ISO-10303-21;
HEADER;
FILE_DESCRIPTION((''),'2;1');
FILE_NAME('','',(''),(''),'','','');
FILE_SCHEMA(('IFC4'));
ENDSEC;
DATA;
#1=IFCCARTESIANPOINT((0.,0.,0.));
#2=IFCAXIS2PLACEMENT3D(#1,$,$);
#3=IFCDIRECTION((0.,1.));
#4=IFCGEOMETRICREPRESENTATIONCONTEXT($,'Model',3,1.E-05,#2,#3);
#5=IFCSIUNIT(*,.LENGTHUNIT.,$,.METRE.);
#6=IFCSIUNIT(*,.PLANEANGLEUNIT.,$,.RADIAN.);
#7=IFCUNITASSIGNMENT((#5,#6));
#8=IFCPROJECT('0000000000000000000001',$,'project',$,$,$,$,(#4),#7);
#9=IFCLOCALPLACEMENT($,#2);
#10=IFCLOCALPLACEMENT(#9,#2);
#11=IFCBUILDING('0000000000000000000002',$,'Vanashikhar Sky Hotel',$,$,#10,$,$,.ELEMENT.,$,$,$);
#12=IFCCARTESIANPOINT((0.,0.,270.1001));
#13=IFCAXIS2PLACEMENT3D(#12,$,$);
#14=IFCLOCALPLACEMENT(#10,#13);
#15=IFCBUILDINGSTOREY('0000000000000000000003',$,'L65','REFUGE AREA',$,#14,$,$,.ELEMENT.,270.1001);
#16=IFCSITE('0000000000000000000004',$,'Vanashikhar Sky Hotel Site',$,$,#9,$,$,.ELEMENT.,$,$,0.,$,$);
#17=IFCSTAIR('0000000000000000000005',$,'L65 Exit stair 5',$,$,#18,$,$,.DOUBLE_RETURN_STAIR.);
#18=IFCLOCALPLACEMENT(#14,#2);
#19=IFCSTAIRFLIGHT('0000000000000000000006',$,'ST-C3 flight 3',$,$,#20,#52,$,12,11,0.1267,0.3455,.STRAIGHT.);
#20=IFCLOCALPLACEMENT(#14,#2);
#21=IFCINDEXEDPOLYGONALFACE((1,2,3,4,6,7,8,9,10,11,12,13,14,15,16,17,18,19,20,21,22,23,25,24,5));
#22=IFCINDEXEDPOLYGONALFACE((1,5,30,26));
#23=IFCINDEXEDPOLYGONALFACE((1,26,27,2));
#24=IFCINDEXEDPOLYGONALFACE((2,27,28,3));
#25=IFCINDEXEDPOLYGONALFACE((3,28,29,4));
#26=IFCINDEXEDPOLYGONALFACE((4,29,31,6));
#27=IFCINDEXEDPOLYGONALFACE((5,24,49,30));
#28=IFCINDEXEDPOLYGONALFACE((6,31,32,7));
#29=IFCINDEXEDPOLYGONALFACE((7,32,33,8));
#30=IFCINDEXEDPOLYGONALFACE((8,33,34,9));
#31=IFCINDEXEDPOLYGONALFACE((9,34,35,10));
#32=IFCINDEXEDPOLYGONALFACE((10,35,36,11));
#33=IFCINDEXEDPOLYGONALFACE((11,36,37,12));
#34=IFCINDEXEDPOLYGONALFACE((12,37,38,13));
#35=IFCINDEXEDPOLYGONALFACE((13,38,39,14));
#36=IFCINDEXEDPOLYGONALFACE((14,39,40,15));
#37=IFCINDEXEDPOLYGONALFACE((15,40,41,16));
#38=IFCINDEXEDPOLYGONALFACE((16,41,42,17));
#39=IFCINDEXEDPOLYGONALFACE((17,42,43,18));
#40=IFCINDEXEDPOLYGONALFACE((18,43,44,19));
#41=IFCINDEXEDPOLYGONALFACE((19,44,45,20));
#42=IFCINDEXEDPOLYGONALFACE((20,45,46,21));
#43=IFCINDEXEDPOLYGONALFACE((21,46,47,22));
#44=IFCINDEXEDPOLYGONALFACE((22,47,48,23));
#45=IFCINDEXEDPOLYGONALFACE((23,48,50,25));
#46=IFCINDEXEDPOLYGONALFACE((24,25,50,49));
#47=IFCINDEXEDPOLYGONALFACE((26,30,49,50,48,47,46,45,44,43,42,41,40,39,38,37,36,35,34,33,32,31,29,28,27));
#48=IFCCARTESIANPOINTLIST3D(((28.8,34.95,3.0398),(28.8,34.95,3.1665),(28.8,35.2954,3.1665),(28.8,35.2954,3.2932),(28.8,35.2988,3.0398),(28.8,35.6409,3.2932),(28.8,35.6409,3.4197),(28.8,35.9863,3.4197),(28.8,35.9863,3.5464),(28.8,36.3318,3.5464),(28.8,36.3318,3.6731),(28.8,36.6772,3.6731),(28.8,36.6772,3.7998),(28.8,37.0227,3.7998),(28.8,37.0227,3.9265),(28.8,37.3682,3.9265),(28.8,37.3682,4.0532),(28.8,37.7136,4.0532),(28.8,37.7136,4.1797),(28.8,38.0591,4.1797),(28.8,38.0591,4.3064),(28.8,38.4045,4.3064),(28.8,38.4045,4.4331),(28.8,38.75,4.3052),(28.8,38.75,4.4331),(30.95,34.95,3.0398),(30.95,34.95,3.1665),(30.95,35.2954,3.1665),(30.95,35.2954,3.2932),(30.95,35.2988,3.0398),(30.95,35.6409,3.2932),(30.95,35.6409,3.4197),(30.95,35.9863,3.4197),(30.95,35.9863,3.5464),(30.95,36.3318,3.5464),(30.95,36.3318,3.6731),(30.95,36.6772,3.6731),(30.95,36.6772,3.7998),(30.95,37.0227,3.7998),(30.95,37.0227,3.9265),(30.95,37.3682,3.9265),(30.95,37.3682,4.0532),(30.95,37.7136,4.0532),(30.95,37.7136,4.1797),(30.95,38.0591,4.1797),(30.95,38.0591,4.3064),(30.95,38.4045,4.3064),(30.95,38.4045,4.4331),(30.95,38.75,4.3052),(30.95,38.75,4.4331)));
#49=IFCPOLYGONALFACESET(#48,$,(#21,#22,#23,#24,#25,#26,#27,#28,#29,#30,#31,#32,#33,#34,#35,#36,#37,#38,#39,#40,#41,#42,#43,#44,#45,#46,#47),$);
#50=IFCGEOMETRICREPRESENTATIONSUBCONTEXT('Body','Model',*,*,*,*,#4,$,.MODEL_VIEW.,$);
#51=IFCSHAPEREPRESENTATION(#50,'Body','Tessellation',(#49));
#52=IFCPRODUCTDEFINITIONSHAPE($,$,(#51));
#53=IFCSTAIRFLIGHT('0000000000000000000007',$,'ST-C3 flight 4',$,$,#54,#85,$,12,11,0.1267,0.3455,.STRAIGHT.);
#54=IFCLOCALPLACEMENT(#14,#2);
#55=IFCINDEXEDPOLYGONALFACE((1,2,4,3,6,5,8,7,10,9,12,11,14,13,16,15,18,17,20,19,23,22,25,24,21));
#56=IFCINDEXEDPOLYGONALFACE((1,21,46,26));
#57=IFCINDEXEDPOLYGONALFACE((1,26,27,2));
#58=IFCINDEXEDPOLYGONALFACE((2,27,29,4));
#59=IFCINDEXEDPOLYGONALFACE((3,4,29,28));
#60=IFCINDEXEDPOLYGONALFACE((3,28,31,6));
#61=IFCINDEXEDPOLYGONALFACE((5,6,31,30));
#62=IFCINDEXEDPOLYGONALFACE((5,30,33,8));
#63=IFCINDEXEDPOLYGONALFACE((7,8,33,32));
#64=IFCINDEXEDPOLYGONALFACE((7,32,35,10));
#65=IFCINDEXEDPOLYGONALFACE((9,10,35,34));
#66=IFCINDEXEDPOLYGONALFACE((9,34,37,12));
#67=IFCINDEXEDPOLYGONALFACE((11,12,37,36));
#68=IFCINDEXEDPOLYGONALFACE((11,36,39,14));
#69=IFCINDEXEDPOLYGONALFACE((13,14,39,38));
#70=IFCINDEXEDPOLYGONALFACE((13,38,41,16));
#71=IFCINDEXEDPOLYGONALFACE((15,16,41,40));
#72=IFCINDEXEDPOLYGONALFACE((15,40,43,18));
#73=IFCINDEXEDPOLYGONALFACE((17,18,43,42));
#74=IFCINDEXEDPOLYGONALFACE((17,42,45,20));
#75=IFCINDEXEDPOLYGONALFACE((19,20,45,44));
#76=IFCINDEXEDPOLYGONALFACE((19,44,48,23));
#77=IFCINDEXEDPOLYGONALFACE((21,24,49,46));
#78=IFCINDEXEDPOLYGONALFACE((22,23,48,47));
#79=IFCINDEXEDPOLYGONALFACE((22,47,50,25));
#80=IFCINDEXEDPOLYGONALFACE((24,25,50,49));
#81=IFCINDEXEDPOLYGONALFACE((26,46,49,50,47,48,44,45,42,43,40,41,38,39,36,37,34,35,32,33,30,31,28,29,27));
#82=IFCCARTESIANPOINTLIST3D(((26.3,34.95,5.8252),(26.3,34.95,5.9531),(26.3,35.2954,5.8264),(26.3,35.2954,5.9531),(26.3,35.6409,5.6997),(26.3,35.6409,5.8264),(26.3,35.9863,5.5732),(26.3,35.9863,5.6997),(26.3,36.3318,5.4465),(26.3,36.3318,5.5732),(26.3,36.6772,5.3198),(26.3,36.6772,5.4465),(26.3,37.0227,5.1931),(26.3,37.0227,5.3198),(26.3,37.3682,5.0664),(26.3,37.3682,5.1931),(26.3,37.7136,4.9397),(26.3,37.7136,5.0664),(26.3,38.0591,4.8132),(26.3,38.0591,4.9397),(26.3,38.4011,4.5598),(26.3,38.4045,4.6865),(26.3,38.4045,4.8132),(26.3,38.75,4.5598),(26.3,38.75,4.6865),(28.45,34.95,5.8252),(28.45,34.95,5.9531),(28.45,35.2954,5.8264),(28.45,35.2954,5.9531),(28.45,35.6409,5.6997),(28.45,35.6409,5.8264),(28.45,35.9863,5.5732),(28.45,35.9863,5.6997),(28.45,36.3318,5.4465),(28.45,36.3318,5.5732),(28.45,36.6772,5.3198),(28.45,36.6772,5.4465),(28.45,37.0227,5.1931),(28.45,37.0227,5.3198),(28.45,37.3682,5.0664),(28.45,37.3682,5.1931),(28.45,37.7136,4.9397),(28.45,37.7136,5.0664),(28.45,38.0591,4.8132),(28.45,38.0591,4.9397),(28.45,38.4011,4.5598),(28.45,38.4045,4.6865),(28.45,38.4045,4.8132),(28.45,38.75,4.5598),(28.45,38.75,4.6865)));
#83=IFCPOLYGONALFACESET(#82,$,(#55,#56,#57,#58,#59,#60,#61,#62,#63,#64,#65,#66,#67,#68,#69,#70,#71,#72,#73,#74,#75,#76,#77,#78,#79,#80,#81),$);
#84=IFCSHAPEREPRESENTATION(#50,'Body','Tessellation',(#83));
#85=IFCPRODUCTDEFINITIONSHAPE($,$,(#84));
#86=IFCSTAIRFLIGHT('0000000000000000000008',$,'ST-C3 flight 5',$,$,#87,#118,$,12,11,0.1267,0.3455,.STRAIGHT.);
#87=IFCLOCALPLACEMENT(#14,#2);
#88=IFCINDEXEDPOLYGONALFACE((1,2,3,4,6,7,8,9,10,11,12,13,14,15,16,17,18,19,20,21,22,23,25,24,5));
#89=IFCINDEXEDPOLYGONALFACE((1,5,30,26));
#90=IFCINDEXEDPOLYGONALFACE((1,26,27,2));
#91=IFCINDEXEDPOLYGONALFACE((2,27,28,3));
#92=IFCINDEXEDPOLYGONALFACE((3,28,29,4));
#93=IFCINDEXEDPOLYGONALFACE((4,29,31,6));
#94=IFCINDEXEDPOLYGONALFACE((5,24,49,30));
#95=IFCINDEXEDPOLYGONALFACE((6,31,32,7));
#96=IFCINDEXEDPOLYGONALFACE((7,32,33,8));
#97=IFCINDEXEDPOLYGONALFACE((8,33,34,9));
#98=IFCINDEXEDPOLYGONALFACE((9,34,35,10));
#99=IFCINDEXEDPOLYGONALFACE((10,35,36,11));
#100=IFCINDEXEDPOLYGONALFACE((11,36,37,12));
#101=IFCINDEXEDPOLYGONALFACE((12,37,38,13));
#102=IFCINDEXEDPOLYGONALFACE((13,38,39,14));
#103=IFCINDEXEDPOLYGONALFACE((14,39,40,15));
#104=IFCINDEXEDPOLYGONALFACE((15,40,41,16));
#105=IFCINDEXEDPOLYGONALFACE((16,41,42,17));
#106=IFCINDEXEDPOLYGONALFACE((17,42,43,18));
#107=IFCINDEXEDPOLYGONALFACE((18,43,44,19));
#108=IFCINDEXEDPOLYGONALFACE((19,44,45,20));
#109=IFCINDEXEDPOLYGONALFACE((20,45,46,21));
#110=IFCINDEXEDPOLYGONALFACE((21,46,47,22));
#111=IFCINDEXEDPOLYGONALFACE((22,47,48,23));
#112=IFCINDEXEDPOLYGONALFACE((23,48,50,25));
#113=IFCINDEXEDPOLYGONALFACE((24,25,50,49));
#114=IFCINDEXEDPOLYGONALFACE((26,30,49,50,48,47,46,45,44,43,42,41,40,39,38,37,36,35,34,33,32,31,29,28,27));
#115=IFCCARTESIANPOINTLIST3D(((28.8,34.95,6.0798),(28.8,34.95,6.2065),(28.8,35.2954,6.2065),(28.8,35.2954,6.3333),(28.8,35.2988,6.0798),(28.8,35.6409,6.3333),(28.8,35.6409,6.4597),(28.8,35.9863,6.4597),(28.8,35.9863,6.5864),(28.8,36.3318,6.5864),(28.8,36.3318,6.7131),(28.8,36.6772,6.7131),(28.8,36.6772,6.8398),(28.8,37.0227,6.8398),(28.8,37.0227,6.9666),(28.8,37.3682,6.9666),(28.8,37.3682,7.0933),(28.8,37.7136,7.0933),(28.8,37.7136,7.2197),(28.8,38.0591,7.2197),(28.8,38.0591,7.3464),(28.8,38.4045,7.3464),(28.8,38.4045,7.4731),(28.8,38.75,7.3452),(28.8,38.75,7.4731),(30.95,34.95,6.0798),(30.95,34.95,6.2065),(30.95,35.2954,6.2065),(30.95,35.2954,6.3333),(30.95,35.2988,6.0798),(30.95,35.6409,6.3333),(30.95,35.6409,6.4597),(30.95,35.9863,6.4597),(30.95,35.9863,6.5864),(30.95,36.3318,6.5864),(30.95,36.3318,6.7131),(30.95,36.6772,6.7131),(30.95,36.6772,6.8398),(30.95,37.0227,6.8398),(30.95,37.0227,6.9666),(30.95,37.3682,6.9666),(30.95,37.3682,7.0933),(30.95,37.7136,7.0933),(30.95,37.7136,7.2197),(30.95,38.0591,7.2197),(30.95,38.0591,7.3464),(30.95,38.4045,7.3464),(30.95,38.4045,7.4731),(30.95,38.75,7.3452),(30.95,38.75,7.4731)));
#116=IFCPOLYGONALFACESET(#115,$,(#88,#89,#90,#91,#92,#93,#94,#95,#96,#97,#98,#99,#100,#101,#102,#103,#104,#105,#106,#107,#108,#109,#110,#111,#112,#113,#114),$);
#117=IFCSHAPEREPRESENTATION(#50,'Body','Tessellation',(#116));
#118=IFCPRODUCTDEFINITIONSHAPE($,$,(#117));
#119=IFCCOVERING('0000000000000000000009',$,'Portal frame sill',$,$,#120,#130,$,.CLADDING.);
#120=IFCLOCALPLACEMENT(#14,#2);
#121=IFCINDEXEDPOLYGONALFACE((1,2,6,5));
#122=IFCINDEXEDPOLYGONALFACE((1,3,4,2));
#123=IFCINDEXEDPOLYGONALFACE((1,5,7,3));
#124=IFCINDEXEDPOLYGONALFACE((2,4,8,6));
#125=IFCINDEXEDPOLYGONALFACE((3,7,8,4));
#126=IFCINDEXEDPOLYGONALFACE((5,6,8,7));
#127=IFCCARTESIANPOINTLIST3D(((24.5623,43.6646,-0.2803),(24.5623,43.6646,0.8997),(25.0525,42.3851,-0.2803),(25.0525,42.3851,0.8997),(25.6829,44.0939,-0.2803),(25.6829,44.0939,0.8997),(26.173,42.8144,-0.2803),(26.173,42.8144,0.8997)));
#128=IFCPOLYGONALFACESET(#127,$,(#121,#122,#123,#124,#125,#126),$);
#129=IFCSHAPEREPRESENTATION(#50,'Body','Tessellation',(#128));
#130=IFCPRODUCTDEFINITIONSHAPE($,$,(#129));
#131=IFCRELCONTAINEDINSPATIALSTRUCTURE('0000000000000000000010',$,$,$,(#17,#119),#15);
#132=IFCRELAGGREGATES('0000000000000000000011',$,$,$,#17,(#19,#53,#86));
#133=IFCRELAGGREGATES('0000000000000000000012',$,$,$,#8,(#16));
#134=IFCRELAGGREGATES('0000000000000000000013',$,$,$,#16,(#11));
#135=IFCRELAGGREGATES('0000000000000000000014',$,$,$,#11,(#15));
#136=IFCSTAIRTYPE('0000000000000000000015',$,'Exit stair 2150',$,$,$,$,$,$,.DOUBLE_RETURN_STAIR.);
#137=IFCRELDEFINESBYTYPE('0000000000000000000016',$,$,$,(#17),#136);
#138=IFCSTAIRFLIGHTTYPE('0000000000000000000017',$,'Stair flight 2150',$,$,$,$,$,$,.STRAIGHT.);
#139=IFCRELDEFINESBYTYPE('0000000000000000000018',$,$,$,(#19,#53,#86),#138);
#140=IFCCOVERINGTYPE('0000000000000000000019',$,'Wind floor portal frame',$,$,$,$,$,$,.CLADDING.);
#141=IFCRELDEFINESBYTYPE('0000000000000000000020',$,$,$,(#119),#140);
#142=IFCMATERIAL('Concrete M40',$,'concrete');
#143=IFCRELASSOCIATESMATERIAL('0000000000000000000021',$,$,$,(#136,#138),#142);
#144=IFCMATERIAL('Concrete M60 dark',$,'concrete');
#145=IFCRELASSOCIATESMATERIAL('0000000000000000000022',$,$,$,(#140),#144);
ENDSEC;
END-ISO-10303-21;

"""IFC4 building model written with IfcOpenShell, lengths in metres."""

from ifc_helpers import new_model, si_unit, direction, frame, origin, origin_2d, place, context, subcontext, project, spatial, polyline, rectangle, outline, extrude, source, transform, mapped, material, type_object, element, aggregate, save


model = new_model("IFC4")

# Units and contexts
model_context = context("Model", 3, precision=1e-05, world=origin(), true_north=direction((0.0, 1.0)))
body_context = subcontext(model_context, "Body", "Model", "MODEL_VIEW")
ifc_project = project(units=[si_unit("LENGTHUNIT", "METRE"), si_unit("PLANEANGLEUNIT", "RADIAN")], contexts=[model_context])

# Site, building, storey
site_placement = place(None, origin())
site = spatial("IfcSite", under=ifc_project, at=site_placement, Name="Vanashikhar Sky Hotel Site", CompositionType="ELEMENT", RefElevation=0.0)
building_placement = place(site_placement, origin())
building = spatial("IfcBuilding", under=site, at=building_placement, Name="Vanashikhar Sky Hotel", CompositionType="ELEMENT")
storey_placement = place(building_placement, frame((0.0, 0.0, 270.1001)))
storey = spatial("IfcBuildingStorey", under=building, at=storey_placement, Name="L65", Description="REFUGE AREA", CompositionType="ELEMENT", Elevation=270.1001)

# Shared definitions
ifc_material_1 = material(Name="Concrete M40", Category="concrete")

# Stair, stair flights
stair_type = type_object("IfcStairType", Name="Exit stair 2150", PredefinedType="DOUBLE_RETURN_STAIR", material=ifc_material_1)
stair_placement = place(storey_placement, origin())
stair = element("IfcStair", 1, at=stair_placement, inside=storey, type_object=stair_type, Name="L65 Exit stair 5", PredefinedType="DOUBLE_RETURN_STAIR")
stair_flight_type = type_object("IfcStairFlightType", Name="Stair flight 2150", PredefinedType="STRAIGHT", material=ifc_material_1)
shared_shape_1 = source(origin(), body_context, "Body", "SweptSolid", [
    extrude(outline(polyline([(0.0, 0.0), (0.0, 0.1267), (0.3455, 0.1267), (0.3455, 0.2534), (0.6909, 0.2534), (0.6909, 0.3799), (1.0364, 0.3799), (1.0364, 0.5066), (1.3818, 0.5066), (1.3818, 0.6333), (1.7273, 0.6333), (1.7273, 0.76), (2.0728, 0.76), (2.0728, 0.8867), (2.4182, 0.8867), (2.4182, 1.0134), (2.7637, 1.0134), (2.7637, 1.1399), (3.1091, 1.1399), (3.1091, 1.2666), (3.4546, 1.2666), (3.4546, 1.3933), (3.8, 1.3933), (3.8, 1.52), (3.8, 1.2654), (0.3489, 0.0), (0.0, 0.0)])), frame((0.0, 1.075, 0.0), z_axis=(0.0, -1.0, 0.0), x_axis=(1.0, 0.0, 0.0)), (0.0, 0.0, 1.0), 2.1499),
])
stair_flight_1_placement = place(storey_placement, frame((29.875, 34.95, 3.0398), z_axis=(0.0, 0.0, 1.0), x_axis=(0.0, 1.0, 0.0)))
stair_flight_1 = element("IfcStairFlight", 2, at=stair_flight_1_placement, type_object=stair_flight_type, Name="ST-C3 flight 3", NumberOfRisers=12, NumberOfTreads=11, PredefinedType="STRAIGHT", RiserHeight=0.1267, TreadLength=0.3455, context=body_context, shape_type="MappedRepresentation", body=[
    mapped(shared_shape_1, transform((0.0, 0.0, 0.0), scale=1.0)),
])
stair_flight_2_placement = place(storey_placement, frame((27.375, 38.75, 4.5598), z_axis=(0.0, 0.0, 1.0), x_axis=(0.0, -1.0, 0.0)))
stair_flight_2 = element("IfcStairFlight", 3, at=stair_flight_2_placement, type_object=stair_flight_type, Name="ST-C3 flight 4", NumberOfRisers=12, NumberOfTreads=11, PredefinedType="STRAIGHT", RiserHeight=0.1267, TreadLength=0.3455, context=body_context, shape_type="MappedRepresentation", body=[
    mapped(shared_shape_1, transform((0.0, 0.0, 0.0), scale=1.0)),
])
stair_flight_3_placement = place(storey_placement, frame((29.875, 34.95, 6.0798), z_axis=(0.0, 0.0, 1.0), x_axis=(0.0, 1.0, 0.0)))
stair_flight_3 = element("IfcStairFlight", 4, at=stair_flight_3_placement, type_object=stair_flight_type, Name="ST-C3 flight 5", NumberOfRisers=12, NumberOfTreads=11, PredefinedType="STRAIGHT", RiserHeight=0.1267, TreadLength=0.3455, context=body_context, shape_type="MappedRepresentation", body=[
    mapped(shared_shape_1, transform((0.0, 0.0, 0.0), scale=1.0)),
])
aggregate(stair, [stair_flight_1, stair_flight_2, stair_flight_3])

# Covering
ifc_material_2 = material(Name="Concrete M60 dark", Category="concrete")
covering_type = type_object("IfcCoveringType", Name="Wind floor portal frame", PredefinedType="CLADDING", material=ifc_material_2)
shared_shape_2 = source(origin(), body_context, "Body", "SweptSolid", [
    extrude(rectangle(XDim=1.3701, YDim=1.2, at=origin_2d()), origin(), (0.0, 0.0, 1.0), 1.1799),
])
covering_placement = place(storey_placement, frame((25.3677, 43.2395, -0.2803), z_axis=(0.0, 0.0, 1.0), x_axis=(-0.357749, 0.933818, 0.0)))
element("IfcCovering", 5, at=covering_placement, inside=storey, type_object=covering_type, Name="Portal frame sill", PredefinedType="CLADDING", context=body_context, shape_type="MappedRepresentation", body=[
    mapped(shared_shape_2, transform((0.0, 0.0, 0.0), scale=1.0)),
])

save(model, "model.ifc")
